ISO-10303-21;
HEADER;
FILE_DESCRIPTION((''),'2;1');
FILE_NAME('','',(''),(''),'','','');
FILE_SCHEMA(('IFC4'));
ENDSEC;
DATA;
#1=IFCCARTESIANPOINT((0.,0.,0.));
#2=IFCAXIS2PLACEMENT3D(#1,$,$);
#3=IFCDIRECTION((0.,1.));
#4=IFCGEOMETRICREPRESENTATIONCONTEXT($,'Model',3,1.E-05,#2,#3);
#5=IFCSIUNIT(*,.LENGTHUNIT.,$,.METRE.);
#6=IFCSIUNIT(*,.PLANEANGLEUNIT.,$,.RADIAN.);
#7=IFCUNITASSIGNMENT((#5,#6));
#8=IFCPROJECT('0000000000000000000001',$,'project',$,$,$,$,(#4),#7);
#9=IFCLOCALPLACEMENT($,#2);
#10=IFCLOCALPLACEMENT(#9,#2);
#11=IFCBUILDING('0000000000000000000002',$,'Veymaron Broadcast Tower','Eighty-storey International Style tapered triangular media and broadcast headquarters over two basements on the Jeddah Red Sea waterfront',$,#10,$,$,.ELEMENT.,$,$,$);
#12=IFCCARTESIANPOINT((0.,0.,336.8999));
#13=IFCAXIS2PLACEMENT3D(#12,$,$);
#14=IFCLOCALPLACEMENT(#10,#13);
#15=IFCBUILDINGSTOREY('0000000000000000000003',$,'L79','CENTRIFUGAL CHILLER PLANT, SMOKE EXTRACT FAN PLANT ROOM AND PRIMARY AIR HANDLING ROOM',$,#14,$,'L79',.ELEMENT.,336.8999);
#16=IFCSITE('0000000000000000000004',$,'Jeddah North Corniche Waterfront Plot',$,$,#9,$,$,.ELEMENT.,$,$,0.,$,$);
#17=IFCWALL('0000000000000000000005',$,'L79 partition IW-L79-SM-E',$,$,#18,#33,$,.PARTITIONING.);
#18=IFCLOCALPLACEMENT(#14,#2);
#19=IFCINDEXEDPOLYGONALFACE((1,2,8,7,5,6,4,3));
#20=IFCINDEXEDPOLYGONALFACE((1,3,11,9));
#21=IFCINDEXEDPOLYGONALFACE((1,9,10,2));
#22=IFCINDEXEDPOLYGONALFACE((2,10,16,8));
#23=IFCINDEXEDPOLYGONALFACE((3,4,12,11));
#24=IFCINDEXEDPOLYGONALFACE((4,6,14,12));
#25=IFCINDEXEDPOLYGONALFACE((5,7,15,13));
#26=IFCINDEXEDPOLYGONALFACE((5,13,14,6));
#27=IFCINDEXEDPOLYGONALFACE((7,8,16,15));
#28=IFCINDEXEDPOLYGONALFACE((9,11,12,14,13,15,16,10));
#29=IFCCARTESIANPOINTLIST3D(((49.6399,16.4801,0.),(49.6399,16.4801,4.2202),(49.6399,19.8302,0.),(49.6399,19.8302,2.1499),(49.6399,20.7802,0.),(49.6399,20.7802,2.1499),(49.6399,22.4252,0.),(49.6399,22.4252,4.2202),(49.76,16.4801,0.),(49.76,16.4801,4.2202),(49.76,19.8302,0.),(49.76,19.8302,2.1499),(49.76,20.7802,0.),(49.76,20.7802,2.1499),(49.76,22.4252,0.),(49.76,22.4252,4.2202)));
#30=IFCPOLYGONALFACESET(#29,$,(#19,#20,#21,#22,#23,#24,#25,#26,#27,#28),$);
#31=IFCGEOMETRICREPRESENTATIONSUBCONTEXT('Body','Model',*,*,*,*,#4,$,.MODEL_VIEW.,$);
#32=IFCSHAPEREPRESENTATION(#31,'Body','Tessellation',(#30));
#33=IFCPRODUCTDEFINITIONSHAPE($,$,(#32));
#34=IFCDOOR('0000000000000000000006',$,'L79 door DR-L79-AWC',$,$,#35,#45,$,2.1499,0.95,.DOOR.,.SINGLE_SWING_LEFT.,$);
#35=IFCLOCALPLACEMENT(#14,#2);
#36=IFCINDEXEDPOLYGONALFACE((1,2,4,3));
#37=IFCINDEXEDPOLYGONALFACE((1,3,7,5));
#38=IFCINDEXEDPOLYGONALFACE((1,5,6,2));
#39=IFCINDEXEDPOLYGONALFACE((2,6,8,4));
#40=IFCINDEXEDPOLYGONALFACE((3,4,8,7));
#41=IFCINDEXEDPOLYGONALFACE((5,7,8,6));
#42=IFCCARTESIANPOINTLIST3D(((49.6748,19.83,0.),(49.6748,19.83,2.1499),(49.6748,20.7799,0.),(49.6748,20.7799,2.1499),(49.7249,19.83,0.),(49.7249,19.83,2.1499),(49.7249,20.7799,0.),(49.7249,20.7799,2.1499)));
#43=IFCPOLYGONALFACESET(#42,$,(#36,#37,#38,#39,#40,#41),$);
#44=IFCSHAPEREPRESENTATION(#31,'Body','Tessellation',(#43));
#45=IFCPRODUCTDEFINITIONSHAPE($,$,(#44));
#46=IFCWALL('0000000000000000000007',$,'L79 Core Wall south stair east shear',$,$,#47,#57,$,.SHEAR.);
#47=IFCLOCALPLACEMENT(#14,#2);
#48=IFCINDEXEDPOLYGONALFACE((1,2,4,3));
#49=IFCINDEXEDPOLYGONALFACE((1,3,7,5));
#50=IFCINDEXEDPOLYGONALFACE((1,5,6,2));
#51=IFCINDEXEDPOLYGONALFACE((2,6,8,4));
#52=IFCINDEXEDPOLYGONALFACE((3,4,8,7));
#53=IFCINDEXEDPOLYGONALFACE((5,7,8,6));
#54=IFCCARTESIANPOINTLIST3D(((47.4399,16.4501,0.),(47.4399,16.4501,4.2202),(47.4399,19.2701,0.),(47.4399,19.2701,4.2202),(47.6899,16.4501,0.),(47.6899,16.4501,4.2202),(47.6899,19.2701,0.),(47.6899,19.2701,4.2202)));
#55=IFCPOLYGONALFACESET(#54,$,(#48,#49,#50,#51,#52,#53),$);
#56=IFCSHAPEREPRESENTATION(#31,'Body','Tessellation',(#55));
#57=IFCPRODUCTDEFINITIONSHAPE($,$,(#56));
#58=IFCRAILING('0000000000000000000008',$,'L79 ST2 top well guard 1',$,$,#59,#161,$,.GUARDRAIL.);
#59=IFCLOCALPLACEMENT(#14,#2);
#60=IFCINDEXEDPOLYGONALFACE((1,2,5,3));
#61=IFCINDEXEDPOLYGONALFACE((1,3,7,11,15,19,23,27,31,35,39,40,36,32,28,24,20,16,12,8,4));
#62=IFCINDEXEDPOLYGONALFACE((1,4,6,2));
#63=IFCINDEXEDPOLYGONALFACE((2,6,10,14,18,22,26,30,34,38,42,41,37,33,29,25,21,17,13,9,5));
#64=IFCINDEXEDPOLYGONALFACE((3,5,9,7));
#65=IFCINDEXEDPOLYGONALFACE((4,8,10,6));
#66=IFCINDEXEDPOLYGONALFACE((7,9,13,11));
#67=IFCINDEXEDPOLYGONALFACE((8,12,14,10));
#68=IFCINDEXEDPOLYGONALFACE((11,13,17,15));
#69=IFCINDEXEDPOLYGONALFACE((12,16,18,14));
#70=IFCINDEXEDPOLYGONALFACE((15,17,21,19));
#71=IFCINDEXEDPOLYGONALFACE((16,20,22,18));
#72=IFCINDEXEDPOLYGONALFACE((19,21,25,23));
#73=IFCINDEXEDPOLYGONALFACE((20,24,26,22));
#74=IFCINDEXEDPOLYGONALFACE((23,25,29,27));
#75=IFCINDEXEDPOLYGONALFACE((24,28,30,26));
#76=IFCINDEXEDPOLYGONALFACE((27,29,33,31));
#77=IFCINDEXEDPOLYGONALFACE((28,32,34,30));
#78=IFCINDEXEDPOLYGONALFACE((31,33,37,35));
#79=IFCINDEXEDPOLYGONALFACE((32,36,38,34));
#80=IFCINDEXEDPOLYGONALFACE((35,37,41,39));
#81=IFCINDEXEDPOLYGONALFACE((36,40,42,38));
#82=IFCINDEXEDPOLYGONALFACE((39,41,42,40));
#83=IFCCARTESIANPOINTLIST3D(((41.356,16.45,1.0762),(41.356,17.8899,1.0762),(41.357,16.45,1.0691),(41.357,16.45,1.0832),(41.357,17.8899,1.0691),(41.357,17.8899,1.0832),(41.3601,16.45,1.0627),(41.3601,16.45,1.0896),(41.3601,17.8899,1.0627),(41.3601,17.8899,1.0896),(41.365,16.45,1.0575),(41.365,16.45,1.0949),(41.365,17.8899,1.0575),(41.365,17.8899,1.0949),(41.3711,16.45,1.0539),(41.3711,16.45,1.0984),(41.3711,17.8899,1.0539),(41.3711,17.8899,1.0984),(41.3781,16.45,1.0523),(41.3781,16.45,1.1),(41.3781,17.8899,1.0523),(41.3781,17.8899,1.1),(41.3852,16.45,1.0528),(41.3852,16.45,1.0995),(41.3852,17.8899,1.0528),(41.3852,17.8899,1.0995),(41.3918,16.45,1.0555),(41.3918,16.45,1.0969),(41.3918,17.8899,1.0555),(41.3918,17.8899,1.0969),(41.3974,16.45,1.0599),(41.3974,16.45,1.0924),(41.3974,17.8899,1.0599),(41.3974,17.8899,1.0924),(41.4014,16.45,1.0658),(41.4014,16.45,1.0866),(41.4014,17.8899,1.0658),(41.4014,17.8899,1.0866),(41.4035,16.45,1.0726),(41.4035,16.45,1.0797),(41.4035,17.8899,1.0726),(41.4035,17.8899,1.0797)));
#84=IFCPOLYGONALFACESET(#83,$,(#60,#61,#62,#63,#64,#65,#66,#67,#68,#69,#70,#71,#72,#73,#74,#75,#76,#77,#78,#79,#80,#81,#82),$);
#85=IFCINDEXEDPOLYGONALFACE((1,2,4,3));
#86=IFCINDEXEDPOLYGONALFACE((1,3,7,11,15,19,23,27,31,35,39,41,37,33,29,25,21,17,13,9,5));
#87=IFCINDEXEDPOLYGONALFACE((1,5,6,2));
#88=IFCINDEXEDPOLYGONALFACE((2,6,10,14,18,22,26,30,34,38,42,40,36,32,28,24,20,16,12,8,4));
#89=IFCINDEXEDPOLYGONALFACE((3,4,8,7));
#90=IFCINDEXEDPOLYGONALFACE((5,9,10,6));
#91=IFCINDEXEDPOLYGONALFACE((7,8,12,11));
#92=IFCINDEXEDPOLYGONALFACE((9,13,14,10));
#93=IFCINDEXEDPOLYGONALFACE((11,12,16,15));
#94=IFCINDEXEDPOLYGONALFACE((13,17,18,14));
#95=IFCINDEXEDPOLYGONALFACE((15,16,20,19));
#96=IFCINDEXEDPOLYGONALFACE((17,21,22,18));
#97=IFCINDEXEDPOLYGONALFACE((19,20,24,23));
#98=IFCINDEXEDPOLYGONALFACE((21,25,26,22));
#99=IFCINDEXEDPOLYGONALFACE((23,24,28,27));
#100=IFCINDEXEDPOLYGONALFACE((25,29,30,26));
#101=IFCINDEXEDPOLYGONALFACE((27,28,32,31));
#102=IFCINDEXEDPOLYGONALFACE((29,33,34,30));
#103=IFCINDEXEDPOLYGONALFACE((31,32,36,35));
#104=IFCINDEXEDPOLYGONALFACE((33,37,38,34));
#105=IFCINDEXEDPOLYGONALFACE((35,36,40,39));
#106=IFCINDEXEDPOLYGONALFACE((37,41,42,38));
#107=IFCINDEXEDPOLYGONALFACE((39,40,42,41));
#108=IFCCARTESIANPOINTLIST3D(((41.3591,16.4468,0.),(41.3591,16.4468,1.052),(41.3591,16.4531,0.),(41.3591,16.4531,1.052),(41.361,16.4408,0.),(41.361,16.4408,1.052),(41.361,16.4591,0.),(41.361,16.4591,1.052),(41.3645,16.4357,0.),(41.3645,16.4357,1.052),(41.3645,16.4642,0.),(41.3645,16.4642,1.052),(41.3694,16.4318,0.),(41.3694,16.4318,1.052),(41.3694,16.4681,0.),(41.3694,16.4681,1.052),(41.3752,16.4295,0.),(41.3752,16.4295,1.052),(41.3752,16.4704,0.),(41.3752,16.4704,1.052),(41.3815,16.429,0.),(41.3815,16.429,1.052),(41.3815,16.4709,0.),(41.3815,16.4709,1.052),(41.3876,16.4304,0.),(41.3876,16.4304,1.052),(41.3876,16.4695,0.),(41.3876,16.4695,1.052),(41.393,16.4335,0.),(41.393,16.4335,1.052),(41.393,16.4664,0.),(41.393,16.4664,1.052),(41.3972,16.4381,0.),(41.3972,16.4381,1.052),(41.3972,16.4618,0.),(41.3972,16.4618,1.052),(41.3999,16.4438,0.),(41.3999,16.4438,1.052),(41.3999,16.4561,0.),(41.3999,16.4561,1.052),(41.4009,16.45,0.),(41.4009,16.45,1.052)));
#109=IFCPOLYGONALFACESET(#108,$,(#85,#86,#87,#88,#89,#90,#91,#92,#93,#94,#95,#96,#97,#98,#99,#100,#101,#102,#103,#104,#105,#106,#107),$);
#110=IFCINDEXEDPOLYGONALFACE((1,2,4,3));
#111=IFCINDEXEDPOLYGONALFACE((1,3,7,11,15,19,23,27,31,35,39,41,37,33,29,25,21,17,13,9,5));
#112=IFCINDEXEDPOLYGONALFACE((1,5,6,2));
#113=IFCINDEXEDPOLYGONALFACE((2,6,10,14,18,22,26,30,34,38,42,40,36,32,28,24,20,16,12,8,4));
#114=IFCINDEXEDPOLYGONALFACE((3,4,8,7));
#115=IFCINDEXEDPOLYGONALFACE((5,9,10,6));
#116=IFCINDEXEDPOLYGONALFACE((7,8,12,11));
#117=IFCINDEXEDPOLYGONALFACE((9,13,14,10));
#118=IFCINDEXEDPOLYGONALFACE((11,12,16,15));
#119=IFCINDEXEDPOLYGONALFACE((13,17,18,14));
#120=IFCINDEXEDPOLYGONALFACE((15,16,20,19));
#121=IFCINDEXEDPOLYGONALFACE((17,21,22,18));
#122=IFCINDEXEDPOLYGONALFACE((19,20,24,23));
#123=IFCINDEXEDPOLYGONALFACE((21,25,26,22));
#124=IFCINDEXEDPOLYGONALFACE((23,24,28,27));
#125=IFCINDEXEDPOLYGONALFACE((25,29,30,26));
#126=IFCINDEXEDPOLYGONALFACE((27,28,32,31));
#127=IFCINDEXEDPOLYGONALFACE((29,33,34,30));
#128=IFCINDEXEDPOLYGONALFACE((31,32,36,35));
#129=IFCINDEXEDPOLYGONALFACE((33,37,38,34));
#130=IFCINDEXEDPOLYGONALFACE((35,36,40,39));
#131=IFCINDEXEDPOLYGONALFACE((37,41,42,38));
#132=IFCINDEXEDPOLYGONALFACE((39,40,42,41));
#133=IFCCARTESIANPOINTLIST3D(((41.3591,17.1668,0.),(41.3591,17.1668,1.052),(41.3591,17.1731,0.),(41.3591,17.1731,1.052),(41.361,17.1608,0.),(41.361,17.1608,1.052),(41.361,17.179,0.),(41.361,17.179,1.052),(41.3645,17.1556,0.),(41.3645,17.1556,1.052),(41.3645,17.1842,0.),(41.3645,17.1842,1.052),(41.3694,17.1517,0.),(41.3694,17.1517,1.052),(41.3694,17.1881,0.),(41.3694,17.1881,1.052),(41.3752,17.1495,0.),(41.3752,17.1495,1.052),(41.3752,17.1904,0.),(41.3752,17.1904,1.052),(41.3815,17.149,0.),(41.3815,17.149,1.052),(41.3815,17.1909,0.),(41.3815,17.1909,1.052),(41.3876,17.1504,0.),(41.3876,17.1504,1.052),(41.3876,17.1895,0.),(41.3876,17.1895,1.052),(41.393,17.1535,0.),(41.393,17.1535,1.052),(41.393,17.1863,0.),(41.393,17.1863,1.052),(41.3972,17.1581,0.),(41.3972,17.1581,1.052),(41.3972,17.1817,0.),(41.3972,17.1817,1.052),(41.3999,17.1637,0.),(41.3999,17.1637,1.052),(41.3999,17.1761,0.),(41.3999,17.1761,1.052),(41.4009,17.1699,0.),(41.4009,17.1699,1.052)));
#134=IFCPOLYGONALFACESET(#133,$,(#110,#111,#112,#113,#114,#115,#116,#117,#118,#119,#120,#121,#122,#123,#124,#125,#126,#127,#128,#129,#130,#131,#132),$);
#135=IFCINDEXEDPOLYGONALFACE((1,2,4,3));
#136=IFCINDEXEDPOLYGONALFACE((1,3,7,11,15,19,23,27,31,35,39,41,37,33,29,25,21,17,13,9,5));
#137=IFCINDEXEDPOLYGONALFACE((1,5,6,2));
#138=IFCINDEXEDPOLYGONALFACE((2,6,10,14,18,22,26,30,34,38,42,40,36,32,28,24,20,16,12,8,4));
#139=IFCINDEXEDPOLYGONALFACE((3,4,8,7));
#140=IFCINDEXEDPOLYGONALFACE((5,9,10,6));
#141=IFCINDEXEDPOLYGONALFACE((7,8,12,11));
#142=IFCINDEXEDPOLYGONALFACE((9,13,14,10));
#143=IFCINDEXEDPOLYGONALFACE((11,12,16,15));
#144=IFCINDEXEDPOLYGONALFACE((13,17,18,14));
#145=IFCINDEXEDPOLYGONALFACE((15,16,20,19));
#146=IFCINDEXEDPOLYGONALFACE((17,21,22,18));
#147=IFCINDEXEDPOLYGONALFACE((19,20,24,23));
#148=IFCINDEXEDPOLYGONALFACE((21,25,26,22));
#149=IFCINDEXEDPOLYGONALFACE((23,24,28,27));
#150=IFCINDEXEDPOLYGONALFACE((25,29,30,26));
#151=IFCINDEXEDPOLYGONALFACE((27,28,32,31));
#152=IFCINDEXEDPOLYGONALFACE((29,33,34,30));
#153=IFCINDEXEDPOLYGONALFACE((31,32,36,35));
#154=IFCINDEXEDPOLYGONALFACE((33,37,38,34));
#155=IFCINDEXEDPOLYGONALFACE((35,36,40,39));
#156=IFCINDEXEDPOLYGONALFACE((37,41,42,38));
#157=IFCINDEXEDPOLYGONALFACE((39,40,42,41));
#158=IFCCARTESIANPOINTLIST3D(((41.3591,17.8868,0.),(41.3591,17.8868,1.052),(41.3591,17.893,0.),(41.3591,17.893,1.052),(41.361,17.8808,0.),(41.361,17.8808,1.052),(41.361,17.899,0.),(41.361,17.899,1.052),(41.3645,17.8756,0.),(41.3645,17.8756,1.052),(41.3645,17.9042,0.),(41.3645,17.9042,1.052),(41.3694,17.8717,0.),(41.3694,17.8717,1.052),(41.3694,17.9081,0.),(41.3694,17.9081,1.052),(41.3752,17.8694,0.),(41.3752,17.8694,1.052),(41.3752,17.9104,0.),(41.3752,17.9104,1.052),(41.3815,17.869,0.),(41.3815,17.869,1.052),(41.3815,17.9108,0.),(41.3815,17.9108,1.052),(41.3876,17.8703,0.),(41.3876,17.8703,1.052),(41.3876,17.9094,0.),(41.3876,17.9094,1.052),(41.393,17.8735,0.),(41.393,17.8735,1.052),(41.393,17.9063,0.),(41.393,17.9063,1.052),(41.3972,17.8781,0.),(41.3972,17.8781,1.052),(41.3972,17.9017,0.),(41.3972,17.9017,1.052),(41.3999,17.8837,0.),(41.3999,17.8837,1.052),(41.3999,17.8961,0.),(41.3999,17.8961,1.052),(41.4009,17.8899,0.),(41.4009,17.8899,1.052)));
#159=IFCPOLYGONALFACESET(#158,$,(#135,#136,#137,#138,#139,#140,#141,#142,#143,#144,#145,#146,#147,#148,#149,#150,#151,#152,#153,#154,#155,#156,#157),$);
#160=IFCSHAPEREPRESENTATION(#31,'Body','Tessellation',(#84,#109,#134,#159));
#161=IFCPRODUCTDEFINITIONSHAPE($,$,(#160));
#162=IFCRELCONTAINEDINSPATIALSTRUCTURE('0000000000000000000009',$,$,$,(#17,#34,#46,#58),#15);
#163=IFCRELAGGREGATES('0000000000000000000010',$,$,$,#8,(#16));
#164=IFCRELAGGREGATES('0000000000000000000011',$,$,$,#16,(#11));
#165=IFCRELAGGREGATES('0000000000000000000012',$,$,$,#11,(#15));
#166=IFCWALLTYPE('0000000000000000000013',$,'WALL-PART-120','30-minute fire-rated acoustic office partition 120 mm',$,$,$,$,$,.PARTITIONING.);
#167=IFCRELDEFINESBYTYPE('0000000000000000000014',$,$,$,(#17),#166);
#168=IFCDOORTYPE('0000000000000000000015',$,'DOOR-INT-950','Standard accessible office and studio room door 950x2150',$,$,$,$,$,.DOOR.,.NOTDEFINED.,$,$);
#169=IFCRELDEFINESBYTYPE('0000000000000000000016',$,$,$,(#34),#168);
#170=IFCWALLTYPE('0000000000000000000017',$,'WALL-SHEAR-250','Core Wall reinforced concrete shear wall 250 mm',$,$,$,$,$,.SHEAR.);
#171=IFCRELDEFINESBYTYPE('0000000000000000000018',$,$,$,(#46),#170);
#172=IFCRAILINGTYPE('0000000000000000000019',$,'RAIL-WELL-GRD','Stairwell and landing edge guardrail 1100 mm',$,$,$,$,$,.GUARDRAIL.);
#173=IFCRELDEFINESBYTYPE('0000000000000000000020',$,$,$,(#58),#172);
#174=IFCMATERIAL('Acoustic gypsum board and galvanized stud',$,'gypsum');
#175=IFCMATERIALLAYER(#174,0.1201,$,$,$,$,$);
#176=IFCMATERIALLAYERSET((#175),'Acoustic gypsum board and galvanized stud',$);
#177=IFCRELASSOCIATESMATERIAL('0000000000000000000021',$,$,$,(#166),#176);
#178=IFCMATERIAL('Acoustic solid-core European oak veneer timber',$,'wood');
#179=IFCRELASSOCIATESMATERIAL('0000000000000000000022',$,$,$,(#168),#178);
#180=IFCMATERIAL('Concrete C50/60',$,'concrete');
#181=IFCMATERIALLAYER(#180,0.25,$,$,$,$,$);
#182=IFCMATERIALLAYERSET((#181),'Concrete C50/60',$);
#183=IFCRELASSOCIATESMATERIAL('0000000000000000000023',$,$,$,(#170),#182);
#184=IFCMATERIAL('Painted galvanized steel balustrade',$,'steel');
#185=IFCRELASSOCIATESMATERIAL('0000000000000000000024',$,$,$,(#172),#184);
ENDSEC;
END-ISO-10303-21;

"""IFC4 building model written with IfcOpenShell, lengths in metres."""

from ifc_helpers import new_model, si_unit, direction, frame, frame_2d, origin, origin_2d, place, context, subcontext, project, spatial, rectangle, circle, extrude, material, layer, layer_set, type_object, element, fill, save


model = new_model("IFC4")

# Units and contexts
model_context = context("Model", 3, precision=1e-05, world=origin(), true_north=direction((0.0, 1.0)))
body_context = subcontext(model_context, "Body", "Model", "MODEL_VIEW")
ifc_project = project(units=[si_unit("LENGTHUNIT", "METRE"), si_unit("PLANEANGLEUNIT", "RADIAN")], contexts=[model_context])

# Site, building, storey
site_placement = place(None, origin())
site = spatial("IfcSite", under=ifc_project, at=site_placement, Name="Jeddah North Corniche Waterfront Plot", CompositionType="ELEMENT", RefElevation=0.0)
building_placement = place(site_placement, origin())
building = spatial("IfcBuilding", under=site, at=building_placement, Name="Veymaron Broadcast Tower", Description="Eighty-storey International Style tapered triangular media and broadcast headquarters over two basements on the Jeddah Red Sea waterfront", CompositionType="ELEMENT")
storey_placement = place(building_placement, frame((0.0, 0.0, 336.8999)))
storey = spatial("IfcBuildingStorey", under=building, at=storey_placement, Name="L79", Description="CENTRIFUGAL CHILLER PLANT, SMOKE EXTRACT FAN PLANT ROOM AND PRIMARY AIR HANDLING ROOM", LongName="L79", CompositionType="ELEMENT", Elevation=336.8999)

# Wall, opening, door
ifc_material_1 = material(Name="Acoustic gypsum board and galvanized stud", Category="gypsum")
ifc_layer_1 = layer(ifc_material_1, 0.1201)
ifc_layer_set_1 = layer_set([ifc_layer_1], Name="Acoustic gypsum board and galvanized stud")
wall_type_1 = type_object("IfcWallType", Name="WALL-PART-120", Description="30-minute fire-rated acoustic office partition 120 mm", PredefinedType="PARTITIONING", material=ifc_layer_set_1)
wall_1_placement = place(storey_placement, frame((49.7, 16.48, 0.0), z_axis=(0.0, 0.0, 1.0), x_axis=(0.0, 1.0, 0.0)))
wall_1 = element("IfcWall", 1, at=wall_1_placement, inside=storey, type_object=wall_type_1, Name="L79 partition IW-L79-SM-E", PredefinedType="PARTITIONING", context=body_context, shape_type="SweptSolid", body=[
    extrude(rectangle(XDim=5.9451, YDim=0.1201, at=frame_2d((2.9727, 0.0))), origin(), (0.0, 0.0, 1.0), 4.2202),
])
opening_1_placement = place(wall_1_placement, frame((3.3501, 0.0, 0.0)))
opening_1 = element("IfcOpeningElement", 2, at=opening_1_placement, cuts=wall_1, PredefinedType="OPENING", context=body_context, shape_type="SweptSolid", body=[
    extrude(rectangle(XDim=0.95, YDim=2.1499, at=frame_2d((0.4751, 1.075))), frame((0.0, 0.0701, 0.0), z_axis=(0.0, -1.0, 0.0), x_axis=(1.0, 0.0, 0.0)), (0.0, 0.0, 1.0), 0.1401),
])
ifc_material_2 = material(Name="Acoustic solid-core European oak veneer timber", Category="wood")
door_type_1 = type_object("IfcDoorType", Name="DOOR-INT-950", Description="Standard accessible office and studio room door 950x2150", OperationType="NOTDEFINED", PredefinedType="DOOR", material=ifc_material_2)
door_1_placement = place(opening_1_placement, frame((0.95, 0.0, 0.0), z_axis=(0.0, 0.0, 1.0), x_axis=(-1.0, 0.0, 0.0)))
door_1 = element("IfcDoor", 3, at=door_1_placement, inside=storey, type_object=door_type_1, Name="L79 door DR-L79-AWC", OperationType="SINGLE_SWING_LEFT", OverallHeight=2.1499, OverallWidth=0.95, PredefinedType="DOOR", context=body_context, shape_type="SweptSolid", body=[
    extrude(rectangle(XDim=0.95, YDim=2.1499, at=frame_2d((0.4751, 1.075))), frame((0.0, 0.0249, 0.0), z_axis=(0.0, -1.0, 0.0), x_axis=(1.0, 0.0, 0.0)), (0.0, 0.0, 1.0), 0.05),
])
fill(opening_1, door_1)

# Wall
ifc_material_3 = material(Name="Concrete C50/60", Category="concrete")
ifc_layer_2 = layer(ifc_material_3, 0.25)
ifc_layer_set_2 = layer_set([ifc_layer_2], Name="Concrete C50/60")
wall_type_2 = type_object("IfcWallType", Name="WALL-SHEAR-250", Description="Core Wall reinforced concrete shear wall 250 mm", PredefinedType="SHEAR", material=ifc_layer_set_2)
wall_2_placement = place(storey_placement, frame((47.5649, 16.45, 0.0), z_axis=(0.0, 0.0, 1.0), x_axis=(0.0, 1.0, 0.0)))
element("IfcWall", 4, at=wall_2_placement, inside=storey, type_object=wall_type_2, Name="L79 Core Wall south stair east shear", PredefinedType="SHEAR", context=body_context, shape_type="SweptSolid", body=[
    extrude(rectangle(XDim=2.8201, YDim=0.25, at=frame_2d((1.4102, 0.0))), origin(), (0.0, 0.0, 1.0), 4.2202),
])

# Railing
ifc_material_4 = material(Name="Painted galvanized steel balustrade", Category="steel")
railing_type = type_object("IfcRailingType", Name="RAIL-WELL-GRD", Description="Stairwell and landing edge guardrail 1100 mm", PredefinedType="GUARDRAIL", material=ifc_material_4)
railing_placement = place(storey_placement, frame((41.3799, 16.45, 0.0)))
element("IfcRailing", 5, at=railing_placement, inside=storey, type_object=railing_type, Name="L79 ST2 top well guard 1", PredefinedType="GUARDRAIL", context=body_context, shape_type="SweptSolid", body=[
    extrude(circle(Radius=0.0239, at=origin_2d()), frame((0.0, 0.0, 1.0762), z_axis=(0.0, 1.0, 0.0), x_axis=(-1.0, 0.0, 0.0)), (0.0, 0.0, 1.0), 1.4399),
    extrude(circle(Radius=0.021, at=origin_2d()), origin(), (0.0, 0.0, 1.0), 1.052),
    extrude(circle(Radius=0.021, at=origin_2d()), frame((0.0, 0.72, 0.0)), (0.0, 0.0, 1.0), 1.052),
    extrude(circle(Radius=0.021, at=origin_2d()), frame((0.0, 1.4399, 0.0)), (0.0, 0.0, 1.0), 1.052),
])

save(model, "model.ifc")
